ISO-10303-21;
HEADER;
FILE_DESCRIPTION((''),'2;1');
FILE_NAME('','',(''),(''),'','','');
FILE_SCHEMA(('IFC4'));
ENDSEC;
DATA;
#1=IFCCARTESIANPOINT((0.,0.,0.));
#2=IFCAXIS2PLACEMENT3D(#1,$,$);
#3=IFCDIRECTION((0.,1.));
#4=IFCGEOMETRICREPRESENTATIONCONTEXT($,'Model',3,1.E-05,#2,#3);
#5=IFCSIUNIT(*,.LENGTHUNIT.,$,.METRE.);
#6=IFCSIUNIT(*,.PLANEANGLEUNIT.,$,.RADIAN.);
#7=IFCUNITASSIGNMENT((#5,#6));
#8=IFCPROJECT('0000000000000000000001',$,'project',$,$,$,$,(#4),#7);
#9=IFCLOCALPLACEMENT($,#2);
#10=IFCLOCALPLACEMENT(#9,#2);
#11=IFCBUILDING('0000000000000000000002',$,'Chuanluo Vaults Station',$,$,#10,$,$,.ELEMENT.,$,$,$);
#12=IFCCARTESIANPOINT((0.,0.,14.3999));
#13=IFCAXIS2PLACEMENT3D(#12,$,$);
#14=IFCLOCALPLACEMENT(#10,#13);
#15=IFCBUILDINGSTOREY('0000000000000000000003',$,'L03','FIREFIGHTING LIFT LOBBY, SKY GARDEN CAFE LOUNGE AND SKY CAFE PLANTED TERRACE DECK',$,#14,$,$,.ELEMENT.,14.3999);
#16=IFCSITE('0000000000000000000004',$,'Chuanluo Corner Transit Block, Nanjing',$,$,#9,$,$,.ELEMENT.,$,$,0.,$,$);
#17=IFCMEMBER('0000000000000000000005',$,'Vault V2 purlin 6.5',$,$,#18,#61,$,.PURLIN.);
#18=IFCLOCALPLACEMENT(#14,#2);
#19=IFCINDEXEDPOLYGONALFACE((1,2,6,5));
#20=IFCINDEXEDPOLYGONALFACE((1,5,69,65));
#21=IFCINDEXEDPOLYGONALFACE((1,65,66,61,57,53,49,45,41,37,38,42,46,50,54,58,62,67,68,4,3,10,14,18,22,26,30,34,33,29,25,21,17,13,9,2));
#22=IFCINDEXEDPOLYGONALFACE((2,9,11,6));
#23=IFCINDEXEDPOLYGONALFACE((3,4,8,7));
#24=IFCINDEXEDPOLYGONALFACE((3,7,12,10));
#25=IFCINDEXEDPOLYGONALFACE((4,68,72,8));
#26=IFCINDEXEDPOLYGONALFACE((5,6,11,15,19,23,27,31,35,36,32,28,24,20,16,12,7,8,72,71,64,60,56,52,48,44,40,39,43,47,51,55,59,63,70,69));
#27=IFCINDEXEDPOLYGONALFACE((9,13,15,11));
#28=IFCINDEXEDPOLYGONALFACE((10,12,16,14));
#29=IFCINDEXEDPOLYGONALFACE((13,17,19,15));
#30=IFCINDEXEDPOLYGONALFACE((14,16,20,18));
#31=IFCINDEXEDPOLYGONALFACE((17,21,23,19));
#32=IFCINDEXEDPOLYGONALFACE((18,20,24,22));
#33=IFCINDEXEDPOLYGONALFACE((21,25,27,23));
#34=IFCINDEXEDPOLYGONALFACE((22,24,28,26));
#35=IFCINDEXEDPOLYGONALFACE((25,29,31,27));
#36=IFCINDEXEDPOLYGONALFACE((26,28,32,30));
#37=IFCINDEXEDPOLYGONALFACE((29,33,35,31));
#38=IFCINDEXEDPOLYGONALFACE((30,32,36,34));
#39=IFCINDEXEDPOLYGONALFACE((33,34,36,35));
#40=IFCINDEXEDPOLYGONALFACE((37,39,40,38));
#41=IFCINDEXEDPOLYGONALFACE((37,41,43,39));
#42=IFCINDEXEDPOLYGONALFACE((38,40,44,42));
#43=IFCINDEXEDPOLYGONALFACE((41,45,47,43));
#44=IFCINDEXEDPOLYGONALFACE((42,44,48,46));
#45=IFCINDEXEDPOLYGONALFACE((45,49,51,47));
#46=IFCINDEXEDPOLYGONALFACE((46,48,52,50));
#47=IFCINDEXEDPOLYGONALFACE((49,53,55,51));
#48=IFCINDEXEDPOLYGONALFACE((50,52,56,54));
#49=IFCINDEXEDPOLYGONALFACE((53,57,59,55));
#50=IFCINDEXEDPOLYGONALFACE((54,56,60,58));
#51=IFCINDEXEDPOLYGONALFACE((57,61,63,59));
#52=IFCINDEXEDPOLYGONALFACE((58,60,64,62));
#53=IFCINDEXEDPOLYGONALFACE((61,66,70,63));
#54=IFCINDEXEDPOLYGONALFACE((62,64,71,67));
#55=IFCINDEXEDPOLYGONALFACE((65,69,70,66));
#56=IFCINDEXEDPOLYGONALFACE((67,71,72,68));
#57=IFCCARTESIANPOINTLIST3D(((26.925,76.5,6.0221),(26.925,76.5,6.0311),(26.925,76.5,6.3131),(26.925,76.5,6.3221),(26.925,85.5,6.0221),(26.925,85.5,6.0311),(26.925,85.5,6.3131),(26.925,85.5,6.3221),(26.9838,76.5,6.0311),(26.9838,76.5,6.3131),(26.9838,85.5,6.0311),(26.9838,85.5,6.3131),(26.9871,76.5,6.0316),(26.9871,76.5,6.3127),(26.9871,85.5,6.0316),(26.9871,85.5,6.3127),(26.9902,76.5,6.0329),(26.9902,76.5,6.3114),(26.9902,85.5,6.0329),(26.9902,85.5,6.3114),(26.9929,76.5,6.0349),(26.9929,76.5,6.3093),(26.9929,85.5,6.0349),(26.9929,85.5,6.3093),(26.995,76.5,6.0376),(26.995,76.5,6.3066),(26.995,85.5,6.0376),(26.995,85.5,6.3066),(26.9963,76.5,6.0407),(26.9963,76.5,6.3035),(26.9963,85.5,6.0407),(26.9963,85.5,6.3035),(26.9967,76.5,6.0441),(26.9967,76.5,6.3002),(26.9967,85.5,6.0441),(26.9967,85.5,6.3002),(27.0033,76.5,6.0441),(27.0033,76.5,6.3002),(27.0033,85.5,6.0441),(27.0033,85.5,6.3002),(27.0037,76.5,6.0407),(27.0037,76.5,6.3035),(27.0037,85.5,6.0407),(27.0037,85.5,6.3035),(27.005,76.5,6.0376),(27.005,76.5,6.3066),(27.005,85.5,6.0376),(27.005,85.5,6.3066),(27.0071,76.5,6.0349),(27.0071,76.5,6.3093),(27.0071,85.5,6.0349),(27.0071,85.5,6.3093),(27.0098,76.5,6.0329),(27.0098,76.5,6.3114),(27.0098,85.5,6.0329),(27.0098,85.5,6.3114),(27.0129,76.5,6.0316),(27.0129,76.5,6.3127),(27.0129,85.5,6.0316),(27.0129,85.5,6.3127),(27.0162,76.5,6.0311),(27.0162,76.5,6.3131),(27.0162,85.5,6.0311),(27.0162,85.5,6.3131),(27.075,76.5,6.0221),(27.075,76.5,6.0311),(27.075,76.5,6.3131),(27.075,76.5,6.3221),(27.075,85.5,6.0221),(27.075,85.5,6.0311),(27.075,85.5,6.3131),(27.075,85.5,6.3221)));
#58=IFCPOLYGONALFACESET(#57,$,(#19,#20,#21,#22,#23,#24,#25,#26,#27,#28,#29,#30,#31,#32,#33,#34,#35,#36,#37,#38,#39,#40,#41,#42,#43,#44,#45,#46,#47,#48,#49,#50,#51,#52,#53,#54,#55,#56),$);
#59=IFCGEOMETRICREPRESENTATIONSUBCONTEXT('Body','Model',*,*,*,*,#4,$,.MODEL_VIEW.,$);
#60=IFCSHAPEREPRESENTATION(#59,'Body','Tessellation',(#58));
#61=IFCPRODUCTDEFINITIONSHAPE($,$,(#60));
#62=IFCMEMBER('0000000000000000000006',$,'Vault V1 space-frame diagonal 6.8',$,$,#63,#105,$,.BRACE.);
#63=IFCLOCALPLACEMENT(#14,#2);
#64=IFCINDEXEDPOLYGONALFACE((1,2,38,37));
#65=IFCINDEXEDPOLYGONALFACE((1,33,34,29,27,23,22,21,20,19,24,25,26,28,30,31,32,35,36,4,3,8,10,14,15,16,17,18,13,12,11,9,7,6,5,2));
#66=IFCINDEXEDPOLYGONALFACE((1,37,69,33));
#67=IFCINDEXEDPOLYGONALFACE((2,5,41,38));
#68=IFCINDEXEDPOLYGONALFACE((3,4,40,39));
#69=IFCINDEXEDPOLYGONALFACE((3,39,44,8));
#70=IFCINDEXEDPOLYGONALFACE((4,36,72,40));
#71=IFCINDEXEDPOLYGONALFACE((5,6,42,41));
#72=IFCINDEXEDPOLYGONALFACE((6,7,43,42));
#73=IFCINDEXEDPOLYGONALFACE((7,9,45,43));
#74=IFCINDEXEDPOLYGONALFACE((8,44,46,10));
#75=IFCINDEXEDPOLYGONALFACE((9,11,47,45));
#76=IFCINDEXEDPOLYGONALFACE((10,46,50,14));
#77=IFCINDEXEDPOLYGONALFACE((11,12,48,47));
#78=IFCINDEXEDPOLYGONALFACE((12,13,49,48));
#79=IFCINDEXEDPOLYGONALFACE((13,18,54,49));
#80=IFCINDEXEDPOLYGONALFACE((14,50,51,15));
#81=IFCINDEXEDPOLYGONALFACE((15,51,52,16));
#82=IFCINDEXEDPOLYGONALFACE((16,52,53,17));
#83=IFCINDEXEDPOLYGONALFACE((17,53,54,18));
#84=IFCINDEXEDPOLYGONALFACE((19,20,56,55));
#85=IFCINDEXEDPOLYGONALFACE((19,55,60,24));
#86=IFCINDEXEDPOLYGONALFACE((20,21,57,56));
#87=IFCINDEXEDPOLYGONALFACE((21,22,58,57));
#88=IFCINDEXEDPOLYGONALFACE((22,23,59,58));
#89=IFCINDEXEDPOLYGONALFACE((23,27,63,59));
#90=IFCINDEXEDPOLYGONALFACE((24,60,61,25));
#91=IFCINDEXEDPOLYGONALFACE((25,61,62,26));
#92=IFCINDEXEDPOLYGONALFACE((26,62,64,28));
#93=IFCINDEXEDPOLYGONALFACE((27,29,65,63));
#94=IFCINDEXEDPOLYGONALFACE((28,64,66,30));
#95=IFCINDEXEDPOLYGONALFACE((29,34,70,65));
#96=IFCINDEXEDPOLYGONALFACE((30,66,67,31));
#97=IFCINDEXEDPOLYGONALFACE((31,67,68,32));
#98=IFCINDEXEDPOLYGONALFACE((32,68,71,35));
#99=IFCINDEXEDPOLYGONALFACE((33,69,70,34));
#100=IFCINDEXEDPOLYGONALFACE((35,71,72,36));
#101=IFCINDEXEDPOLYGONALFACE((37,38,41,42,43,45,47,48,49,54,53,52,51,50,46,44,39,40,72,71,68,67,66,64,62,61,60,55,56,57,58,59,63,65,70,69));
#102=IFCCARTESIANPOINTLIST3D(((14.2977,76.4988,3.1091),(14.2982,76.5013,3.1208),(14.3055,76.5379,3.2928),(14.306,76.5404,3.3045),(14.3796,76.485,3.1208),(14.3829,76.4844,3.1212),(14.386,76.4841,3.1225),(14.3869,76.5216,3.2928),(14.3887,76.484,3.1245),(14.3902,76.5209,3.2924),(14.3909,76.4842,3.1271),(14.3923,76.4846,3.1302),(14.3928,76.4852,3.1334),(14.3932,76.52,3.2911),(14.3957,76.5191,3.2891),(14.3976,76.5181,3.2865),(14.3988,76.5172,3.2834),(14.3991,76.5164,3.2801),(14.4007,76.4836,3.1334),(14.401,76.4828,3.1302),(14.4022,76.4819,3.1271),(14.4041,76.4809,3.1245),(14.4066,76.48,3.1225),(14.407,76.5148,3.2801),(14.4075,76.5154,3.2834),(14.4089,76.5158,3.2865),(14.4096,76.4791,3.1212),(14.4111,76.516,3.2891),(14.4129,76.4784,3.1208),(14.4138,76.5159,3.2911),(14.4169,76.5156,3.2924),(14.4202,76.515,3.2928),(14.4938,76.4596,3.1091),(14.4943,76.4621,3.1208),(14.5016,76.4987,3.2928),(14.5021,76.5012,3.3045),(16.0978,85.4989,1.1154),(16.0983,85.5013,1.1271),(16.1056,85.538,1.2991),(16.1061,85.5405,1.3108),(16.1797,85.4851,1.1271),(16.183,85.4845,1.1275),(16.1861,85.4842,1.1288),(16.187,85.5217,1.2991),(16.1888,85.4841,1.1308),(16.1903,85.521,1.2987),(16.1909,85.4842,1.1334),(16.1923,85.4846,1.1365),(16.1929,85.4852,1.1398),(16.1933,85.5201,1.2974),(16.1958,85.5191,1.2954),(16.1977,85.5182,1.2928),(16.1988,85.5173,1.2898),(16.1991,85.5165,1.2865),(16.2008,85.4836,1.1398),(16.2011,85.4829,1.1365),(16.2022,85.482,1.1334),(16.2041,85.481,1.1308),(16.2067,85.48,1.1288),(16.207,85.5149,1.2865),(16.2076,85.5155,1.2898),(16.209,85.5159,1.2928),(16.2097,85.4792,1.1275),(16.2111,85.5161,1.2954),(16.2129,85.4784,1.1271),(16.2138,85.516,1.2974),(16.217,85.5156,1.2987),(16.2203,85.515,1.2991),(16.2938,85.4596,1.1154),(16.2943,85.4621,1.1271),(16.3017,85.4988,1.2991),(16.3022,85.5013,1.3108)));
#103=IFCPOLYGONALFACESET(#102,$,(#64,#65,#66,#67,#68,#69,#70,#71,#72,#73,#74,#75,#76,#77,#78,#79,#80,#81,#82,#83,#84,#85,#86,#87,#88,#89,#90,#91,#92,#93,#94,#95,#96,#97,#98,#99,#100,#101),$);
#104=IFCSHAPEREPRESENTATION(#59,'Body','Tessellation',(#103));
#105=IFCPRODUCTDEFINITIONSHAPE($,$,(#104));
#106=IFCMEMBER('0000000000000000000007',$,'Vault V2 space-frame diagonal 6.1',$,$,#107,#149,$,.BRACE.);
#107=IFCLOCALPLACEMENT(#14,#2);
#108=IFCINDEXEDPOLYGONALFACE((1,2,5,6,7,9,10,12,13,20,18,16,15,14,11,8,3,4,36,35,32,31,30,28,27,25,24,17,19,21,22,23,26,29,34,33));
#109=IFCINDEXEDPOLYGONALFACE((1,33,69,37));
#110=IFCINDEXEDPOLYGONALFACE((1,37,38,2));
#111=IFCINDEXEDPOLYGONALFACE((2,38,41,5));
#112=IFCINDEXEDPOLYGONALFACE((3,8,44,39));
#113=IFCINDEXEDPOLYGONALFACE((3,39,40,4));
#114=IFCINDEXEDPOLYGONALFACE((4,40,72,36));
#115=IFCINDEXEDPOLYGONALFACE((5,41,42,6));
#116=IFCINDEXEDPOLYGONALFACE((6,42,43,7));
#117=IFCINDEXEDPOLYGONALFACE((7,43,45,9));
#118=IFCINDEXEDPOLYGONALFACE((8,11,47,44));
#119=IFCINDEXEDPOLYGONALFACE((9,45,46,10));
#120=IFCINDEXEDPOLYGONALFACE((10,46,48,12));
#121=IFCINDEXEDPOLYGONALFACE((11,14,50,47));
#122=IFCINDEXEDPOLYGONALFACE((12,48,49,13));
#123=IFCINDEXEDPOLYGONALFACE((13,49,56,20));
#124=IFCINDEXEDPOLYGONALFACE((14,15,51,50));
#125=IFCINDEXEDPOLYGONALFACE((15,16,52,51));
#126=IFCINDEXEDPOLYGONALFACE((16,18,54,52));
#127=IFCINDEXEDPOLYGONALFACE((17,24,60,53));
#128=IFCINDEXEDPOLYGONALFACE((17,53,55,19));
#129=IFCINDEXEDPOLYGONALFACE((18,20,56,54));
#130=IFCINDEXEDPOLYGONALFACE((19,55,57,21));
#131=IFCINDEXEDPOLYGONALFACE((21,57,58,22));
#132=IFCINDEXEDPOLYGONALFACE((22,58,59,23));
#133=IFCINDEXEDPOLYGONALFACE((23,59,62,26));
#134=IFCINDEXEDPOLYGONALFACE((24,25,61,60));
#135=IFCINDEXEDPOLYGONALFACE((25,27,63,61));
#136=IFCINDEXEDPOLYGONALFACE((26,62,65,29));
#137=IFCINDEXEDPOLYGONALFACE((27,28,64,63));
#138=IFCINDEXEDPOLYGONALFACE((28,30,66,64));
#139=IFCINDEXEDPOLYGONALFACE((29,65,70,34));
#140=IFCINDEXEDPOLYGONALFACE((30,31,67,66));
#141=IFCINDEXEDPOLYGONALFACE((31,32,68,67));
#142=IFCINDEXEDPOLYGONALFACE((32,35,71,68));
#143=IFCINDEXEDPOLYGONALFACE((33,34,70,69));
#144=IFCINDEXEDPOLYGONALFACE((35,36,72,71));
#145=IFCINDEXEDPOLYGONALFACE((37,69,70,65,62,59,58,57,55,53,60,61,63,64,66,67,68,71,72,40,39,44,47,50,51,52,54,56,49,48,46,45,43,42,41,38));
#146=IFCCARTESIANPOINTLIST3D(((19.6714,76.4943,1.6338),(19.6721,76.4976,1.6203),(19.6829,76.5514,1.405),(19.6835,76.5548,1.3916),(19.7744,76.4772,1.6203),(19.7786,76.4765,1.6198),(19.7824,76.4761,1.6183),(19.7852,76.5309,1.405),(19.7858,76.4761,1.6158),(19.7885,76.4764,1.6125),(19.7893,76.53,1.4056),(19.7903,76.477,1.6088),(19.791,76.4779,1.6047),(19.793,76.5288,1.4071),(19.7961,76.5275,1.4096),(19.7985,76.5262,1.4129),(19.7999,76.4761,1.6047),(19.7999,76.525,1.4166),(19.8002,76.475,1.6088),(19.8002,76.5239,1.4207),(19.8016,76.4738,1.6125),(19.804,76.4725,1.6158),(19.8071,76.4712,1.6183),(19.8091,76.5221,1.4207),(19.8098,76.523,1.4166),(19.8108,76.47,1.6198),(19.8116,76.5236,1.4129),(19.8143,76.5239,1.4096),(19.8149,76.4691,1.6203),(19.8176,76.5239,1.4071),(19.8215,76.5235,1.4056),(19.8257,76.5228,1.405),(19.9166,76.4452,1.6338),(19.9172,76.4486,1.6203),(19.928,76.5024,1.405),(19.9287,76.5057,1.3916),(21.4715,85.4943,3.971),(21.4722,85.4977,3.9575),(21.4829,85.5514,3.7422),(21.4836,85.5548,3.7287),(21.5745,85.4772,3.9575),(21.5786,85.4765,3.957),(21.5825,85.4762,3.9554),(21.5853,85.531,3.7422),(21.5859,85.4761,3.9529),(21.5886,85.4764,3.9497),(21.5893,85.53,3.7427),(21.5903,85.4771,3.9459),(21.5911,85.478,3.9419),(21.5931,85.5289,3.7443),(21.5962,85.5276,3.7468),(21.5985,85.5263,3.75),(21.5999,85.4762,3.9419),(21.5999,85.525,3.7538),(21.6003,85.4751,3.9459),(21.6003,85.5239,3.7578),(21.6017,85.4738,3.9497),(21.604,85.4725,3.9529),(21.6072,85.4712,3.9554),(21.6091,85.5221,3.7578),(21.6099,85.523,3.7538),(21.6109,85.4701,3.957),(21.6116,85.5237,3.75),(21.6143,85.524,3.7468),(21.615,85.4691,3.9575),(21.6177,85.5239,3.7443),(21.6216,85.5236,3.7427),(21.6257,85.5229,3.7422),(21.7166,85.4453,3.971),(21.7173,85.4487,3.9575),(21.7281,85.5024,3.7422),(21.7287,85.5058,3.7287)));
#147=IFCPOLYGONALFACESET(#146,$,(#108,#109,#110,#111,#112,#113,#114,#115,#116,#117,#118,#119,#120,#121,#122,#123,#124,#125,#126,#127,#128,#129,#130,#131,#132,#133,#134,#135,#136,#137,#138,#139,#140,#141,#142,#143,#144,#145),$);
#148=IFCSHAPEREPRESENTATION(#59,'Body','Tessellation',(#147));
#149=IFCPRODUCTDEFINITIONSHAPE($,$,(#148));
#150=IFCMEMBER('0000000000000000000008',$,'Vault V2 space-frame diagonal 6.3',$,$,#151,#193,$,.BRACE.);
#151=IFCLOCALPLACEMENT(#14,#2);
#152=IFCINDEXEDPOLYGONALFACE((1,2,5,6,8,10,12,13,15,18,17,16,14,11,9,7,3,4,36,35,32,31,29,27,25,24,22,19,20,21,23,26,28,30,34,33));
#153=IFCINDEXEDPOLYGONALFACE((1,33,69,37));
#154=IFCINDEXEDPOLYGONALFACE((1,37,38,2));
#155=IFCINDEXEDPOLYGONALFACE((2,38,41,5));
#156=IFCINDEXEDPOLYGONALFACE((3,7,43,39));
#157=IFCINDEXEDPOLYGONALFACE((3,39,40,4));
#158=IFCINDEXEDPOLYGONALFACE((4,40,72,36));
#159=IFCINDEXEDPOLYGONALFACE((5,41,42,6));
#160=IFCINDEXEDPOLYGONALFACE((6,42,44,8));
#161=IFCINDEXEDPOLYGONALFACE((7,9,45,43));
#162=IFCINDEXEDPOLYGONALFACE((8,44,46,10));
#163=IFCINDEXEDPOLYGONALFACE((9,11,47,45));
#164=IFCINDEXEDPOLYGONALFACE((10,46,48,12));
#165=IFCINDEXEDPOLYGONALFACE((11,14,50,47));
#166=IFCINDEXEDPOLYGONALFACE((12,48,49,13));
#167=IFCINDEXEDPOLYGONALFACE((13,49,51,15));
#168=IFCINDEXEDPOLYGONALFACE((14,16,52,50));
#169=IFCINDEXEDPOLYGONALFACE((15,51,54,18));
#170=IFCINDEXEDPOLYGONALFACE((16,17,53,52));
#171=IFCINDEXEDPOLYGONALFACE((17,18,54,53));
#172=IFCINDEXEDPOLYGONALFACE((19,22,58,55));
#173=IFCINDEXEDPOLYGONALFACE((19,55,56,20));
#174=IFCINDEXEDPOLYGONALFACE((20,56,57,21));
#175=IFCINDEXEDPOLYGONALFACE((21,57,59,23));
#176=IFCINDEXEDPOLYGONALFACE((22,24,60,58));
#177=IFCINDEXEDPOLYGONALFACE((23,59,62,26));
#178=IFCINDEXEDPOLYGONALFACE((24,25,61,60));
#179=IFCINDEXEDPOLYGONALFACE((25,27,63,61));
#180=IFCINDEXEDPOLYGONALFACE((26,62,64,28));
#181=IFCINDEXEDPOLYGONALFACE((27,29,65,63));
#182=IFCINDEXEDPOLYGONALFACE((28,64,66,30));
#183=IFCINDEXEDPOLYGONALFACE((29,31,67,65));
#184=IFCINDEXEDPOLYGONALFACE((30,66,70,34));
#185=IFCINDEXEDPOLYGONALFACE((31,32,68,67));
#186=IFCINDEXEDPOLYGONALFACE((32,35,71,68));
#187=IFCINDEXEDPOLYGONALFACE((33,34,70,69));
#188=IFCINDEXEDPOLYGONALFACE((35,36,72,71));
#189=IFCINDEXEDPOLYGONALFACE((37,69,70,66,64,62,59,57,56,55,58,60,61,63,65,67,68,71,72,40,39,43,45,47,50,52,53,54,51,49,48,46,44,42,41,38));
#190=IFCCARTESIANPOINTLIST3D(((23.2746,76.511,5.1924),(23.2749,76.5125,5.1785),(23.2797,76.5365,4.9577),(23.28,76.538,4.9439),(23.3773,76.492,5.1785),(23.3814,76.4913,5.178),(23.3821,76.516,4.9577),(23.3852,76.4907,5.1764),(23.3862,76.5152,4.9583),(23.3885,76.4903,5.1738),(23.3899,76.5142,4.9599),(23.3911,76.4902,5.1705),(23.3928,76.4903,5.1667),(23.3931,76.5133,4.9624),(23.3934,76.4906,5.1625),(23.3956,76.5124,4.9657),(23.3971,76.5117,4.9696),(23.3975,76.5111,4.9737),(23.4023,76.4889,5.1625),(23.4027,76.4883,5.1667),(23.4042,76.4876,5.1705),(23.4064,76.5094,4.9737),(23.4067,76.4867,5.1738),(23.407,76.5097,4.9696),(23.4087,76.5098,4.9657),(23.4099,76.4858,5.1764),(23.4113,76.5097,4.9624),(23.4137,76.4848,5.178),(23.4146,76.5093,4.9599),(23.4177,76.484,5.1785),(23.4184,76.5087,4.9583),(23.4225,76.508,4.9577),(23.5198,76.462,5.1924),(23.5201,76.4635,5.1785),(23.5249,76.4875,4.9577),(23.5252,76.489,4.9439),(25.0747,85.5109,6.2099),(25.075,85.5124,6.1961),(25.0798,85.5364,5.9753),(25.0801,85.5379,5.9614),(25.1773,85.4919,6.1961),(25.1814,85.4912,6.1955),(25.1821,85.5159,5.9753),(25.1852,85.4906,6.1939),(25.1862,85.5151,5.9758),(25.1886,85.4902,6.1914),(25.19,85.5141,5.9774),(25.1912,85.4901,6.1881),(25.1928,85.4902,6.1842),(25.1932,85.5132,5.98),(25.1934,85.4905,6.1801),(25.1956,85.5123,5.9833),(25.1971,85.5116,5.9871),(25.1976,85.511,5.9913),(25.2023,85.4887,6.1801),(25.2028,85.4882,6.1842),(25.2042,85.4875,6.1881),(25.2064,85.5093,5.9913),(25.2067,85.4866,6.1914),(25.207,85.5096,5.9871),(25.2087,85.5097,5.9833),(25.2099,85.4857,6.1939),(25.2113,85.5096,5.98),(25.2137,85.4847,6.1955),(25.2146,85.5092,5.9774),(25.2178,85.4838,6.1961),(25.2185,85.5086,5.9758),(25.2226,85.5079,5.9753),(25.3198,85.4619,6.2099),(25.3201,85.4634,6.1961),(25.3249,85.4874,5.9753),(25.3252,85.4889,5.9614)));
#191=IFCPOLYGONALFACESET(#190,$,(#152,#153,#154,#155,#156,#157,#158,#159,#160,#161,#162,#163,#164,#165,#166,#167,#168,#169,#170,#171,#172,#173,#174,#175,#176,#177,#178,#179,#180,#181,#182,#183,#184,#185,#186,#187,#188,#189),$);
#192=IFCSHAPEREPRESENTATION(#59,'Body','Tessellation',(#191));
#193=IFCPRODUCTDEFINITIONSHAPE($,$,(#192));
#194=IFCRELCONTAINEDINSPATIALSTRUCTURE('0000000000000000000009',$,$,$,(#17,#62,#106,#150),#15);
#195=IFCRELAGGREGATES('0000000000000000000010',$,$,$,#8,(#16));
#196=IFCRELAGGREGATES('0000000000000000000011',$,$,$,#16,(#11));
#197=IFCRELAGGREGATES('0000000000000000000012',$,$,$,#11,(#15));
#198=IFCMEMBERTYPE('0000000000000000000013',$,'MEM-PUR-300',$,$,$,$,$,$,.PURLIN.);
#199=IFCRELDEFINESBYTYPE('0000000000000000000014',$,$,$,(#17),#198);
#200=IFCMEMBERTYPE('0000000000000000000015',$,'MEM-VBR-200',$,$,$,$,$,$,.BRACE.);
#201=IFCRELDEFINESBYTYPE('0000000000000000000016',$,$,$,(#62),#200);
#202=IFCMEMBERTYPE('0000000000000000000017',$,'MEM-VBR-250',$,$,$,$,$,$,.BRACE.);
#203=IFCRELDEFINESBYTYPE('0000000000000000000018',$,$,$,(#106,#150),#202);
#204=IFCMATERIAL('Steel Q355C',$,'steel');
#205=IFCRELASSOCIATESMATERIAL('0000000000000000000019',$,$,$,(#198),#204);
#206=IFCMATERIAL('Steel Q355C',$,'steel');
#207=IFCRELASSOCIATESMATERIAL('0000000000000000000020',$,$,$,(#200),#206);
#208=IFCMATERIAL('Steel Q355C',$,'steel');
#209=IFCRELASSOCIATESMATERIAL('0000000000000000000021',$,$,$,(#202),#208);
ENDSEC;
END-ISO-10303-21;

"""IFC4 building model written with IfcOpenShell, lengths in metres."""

from ifc_helpers import new_model, si_unit, direction, frame, origin, origin_2d, place, context, subcontext, project, spatial, i_section, extrude, material, material_profile, profile_set, type_object, element, save


model = new_model("IFC4")

# Units and contexts
model_context = context("Model", 3, precision=1e-05, world=origin(), true_north=direction((0.0, 1.0)))
body_context = subcontext(model_context, "Body", "Model", "MODEL_VIEW")
ifc_project = project(units=[si_unit("LENGTHUNIT", "METRE"), si_unit("PLANEANGLEUNIT", "RADIAN")], contexts=[model_context])

# Site, building, storey
site_placement = place(None, origin())
site = spatial("IfcSite", under=ifc_project, at=site_placement, Name="Chuanluo Corner Transit Block, Nanjing", CompositionType="ELEMENT", RefElevation=0.0)
building_placement = place(site_placement, origin())
building = spatial("IfcBuilding", under=site, at=building_placement, Name="Chuanluo Vaults Station", CompositionType="ELEMENT")
storey_placement = place(building_placement, frame((0.0, 0.0, 14.3999)))
storey = spatial("IfcBuildingStorey", under=building, at=storey_placement, Name="L03", Description="FIREFIGHTING LIFT LOBBY, SKY GARDEN CAFE LOUNGE AND SKY CAFE PLANTED TERRACE DECK", CompositionType="ELEMENT", Elevation=14.3999)

# Members
ifc_material_1 = material(Name="Steel Q355C", Category="steel")
ifc_material_profile_1 = material_profile(ifc_material_1, i_section(OverallWidth=0.1499, OverallDepth=0.3, WebThickness=0.0066, FlangeThickness=0.009, FilletRadius=0.0129, at=origin_2d()))
ifc_profile_set_1 = profile_set([ifc_material_profile_1], Name="Steel Q355C")
member_type_1 = type_object("IfcMemberType", Name="MEM-PUR-300", PredefinedType="PURLIN", material=ifc_profile_set_1)
for number, where, z_axis, x_axis, name in (
    (1, (27.0, 76.5, 6.1721), (0.0, 1.0, 0.0), (-1.0, 0.0, 0.0), "Vault V2 purlin 6.5"),
):
    element("IfcMember", number, at=place(storey_placement, frame(where, z_axis=z_axis, x_axis=x_axis)), inside=storey, type_object=member_type_1, Name=name, PredefinedType="PURLIN", context=body_context, shape_type="SweptSolid", body=[
        extrude(i_section(OverallWidth=0.1499, OverallDepth=0.3, WebThickness=0.0066, FlangeThickness=0.009, FilletRadius=0.0129, at=origin_2d()), origin(), (0.0, 0.0, 1.0), 9.0),
    ])
ifc_material_2 = material(Name="Steel Q355C", Category="steel")
ifc_material_profile_2 = material_profile(ifc_material_2, i_section(OverallWidth=0.2, OverallDepth=0.2, WebThickness=0.0081, FlangeThickness=0.012, FilletRadius=0.0129, at=origin_2d()))
ifc_profile_set_2 = profile_set([ifc_material_profile_2], Name="Steel Q355C")
member_type_2 = type_object("IfcMemberType", Name="MEM-VBR-200", PredefinedType="BRACE", material=ifc_profile_set_2)
member_1_placement = place(storey_placement, frame((14.3999, 76.5, 3.2068), z_axis=(0.191652, 0.958234, -0.212265), x_axis=(-0.98058, 0.196121, 0.0)))
element("IfcMember", 2, at=member_1_placement, inside=storey, type_object=member_type_2, Name="Vault V1 space-frame diagonal 6.8", PredefinedType="BRACE", context=body_context, shape_type="SweptSolid", body=[
    extrude(i_section(OverallWidth=0.2, OverallDepth=0.2, WebThickness=0.0081, FlangeThickness=0.012, FilletRadius=0.0129, at=origin_2d()), origin(), (0.0, 0.0, 1.0), 9.3923),
])
ifc_material_3 = material(Name="Steel Q355C", Category="steel")
ifc_material_profile_3 = material_profile(ifc_material_3, i_section(OverallWidth=0.25, OverallDepth=0.25, WebThickness=0.009, FlangeThickness=0.0139, FilletRadius=0.0161, at=origin_2d()))
ifc_profile_set_3 = profile_set([ifc_material_profile_3], Name="Steel Q355C")
member_type_3 = type_object("IfcMemberType", Name="MEM-VBR-250", PredefinedType="BRACE", material=ifc_profile_set_3)
member_2_placement = place(storey_placement, frame((19.8, 76.5, 1.5127), z_axis=(0.190056, 0.950255, 0.246766), x_axis=(-0.98058, 0.196121, 0.0)))
element("IfcMember", 3, at=member_2_placement, inside=storey, type_object=member_type_3, Name="Vault V2 space-frame diagonal 6.1", PredefinedType="BRACE", context=body_context, shape_type="SweptSolid", body=[
    extrude(i_section(OverallWidth=0.25, OverallDepth=0.25, WebThickness=0.009, FlangeThickness=0.0139, FilletRadius=0.0161, at=origin_2d()), origin(), (0.0, 0.0, 1.0), 9.4712),
])
member_3_placement = place(storey_placement, frame((23.3999, 76.5, 5.0681), z_axis=(0.194927, 0.974608, 0.110193), x_axis=(-0.98058, 0.196121, 0.0)))
element("IfcMember", 4, at=member_3_placement, inside=storey, type_object=member_type_3, Name="Vault V2 space-frame diagonal 6.3", PredefinedType="BRACE", context=body_context, shape_type="SweptSolid", body=[
    extrude(i_section(OverallWidth=0.25, OverallDepth=0.25, WebThickness=0.009, FlangeThickness=0.0139, FilletRadius=0.0161, at=origin_2d()), origin(), (0.0, 0.0, 1.0), 9.2344),
])

save(model, "model.ifc")
